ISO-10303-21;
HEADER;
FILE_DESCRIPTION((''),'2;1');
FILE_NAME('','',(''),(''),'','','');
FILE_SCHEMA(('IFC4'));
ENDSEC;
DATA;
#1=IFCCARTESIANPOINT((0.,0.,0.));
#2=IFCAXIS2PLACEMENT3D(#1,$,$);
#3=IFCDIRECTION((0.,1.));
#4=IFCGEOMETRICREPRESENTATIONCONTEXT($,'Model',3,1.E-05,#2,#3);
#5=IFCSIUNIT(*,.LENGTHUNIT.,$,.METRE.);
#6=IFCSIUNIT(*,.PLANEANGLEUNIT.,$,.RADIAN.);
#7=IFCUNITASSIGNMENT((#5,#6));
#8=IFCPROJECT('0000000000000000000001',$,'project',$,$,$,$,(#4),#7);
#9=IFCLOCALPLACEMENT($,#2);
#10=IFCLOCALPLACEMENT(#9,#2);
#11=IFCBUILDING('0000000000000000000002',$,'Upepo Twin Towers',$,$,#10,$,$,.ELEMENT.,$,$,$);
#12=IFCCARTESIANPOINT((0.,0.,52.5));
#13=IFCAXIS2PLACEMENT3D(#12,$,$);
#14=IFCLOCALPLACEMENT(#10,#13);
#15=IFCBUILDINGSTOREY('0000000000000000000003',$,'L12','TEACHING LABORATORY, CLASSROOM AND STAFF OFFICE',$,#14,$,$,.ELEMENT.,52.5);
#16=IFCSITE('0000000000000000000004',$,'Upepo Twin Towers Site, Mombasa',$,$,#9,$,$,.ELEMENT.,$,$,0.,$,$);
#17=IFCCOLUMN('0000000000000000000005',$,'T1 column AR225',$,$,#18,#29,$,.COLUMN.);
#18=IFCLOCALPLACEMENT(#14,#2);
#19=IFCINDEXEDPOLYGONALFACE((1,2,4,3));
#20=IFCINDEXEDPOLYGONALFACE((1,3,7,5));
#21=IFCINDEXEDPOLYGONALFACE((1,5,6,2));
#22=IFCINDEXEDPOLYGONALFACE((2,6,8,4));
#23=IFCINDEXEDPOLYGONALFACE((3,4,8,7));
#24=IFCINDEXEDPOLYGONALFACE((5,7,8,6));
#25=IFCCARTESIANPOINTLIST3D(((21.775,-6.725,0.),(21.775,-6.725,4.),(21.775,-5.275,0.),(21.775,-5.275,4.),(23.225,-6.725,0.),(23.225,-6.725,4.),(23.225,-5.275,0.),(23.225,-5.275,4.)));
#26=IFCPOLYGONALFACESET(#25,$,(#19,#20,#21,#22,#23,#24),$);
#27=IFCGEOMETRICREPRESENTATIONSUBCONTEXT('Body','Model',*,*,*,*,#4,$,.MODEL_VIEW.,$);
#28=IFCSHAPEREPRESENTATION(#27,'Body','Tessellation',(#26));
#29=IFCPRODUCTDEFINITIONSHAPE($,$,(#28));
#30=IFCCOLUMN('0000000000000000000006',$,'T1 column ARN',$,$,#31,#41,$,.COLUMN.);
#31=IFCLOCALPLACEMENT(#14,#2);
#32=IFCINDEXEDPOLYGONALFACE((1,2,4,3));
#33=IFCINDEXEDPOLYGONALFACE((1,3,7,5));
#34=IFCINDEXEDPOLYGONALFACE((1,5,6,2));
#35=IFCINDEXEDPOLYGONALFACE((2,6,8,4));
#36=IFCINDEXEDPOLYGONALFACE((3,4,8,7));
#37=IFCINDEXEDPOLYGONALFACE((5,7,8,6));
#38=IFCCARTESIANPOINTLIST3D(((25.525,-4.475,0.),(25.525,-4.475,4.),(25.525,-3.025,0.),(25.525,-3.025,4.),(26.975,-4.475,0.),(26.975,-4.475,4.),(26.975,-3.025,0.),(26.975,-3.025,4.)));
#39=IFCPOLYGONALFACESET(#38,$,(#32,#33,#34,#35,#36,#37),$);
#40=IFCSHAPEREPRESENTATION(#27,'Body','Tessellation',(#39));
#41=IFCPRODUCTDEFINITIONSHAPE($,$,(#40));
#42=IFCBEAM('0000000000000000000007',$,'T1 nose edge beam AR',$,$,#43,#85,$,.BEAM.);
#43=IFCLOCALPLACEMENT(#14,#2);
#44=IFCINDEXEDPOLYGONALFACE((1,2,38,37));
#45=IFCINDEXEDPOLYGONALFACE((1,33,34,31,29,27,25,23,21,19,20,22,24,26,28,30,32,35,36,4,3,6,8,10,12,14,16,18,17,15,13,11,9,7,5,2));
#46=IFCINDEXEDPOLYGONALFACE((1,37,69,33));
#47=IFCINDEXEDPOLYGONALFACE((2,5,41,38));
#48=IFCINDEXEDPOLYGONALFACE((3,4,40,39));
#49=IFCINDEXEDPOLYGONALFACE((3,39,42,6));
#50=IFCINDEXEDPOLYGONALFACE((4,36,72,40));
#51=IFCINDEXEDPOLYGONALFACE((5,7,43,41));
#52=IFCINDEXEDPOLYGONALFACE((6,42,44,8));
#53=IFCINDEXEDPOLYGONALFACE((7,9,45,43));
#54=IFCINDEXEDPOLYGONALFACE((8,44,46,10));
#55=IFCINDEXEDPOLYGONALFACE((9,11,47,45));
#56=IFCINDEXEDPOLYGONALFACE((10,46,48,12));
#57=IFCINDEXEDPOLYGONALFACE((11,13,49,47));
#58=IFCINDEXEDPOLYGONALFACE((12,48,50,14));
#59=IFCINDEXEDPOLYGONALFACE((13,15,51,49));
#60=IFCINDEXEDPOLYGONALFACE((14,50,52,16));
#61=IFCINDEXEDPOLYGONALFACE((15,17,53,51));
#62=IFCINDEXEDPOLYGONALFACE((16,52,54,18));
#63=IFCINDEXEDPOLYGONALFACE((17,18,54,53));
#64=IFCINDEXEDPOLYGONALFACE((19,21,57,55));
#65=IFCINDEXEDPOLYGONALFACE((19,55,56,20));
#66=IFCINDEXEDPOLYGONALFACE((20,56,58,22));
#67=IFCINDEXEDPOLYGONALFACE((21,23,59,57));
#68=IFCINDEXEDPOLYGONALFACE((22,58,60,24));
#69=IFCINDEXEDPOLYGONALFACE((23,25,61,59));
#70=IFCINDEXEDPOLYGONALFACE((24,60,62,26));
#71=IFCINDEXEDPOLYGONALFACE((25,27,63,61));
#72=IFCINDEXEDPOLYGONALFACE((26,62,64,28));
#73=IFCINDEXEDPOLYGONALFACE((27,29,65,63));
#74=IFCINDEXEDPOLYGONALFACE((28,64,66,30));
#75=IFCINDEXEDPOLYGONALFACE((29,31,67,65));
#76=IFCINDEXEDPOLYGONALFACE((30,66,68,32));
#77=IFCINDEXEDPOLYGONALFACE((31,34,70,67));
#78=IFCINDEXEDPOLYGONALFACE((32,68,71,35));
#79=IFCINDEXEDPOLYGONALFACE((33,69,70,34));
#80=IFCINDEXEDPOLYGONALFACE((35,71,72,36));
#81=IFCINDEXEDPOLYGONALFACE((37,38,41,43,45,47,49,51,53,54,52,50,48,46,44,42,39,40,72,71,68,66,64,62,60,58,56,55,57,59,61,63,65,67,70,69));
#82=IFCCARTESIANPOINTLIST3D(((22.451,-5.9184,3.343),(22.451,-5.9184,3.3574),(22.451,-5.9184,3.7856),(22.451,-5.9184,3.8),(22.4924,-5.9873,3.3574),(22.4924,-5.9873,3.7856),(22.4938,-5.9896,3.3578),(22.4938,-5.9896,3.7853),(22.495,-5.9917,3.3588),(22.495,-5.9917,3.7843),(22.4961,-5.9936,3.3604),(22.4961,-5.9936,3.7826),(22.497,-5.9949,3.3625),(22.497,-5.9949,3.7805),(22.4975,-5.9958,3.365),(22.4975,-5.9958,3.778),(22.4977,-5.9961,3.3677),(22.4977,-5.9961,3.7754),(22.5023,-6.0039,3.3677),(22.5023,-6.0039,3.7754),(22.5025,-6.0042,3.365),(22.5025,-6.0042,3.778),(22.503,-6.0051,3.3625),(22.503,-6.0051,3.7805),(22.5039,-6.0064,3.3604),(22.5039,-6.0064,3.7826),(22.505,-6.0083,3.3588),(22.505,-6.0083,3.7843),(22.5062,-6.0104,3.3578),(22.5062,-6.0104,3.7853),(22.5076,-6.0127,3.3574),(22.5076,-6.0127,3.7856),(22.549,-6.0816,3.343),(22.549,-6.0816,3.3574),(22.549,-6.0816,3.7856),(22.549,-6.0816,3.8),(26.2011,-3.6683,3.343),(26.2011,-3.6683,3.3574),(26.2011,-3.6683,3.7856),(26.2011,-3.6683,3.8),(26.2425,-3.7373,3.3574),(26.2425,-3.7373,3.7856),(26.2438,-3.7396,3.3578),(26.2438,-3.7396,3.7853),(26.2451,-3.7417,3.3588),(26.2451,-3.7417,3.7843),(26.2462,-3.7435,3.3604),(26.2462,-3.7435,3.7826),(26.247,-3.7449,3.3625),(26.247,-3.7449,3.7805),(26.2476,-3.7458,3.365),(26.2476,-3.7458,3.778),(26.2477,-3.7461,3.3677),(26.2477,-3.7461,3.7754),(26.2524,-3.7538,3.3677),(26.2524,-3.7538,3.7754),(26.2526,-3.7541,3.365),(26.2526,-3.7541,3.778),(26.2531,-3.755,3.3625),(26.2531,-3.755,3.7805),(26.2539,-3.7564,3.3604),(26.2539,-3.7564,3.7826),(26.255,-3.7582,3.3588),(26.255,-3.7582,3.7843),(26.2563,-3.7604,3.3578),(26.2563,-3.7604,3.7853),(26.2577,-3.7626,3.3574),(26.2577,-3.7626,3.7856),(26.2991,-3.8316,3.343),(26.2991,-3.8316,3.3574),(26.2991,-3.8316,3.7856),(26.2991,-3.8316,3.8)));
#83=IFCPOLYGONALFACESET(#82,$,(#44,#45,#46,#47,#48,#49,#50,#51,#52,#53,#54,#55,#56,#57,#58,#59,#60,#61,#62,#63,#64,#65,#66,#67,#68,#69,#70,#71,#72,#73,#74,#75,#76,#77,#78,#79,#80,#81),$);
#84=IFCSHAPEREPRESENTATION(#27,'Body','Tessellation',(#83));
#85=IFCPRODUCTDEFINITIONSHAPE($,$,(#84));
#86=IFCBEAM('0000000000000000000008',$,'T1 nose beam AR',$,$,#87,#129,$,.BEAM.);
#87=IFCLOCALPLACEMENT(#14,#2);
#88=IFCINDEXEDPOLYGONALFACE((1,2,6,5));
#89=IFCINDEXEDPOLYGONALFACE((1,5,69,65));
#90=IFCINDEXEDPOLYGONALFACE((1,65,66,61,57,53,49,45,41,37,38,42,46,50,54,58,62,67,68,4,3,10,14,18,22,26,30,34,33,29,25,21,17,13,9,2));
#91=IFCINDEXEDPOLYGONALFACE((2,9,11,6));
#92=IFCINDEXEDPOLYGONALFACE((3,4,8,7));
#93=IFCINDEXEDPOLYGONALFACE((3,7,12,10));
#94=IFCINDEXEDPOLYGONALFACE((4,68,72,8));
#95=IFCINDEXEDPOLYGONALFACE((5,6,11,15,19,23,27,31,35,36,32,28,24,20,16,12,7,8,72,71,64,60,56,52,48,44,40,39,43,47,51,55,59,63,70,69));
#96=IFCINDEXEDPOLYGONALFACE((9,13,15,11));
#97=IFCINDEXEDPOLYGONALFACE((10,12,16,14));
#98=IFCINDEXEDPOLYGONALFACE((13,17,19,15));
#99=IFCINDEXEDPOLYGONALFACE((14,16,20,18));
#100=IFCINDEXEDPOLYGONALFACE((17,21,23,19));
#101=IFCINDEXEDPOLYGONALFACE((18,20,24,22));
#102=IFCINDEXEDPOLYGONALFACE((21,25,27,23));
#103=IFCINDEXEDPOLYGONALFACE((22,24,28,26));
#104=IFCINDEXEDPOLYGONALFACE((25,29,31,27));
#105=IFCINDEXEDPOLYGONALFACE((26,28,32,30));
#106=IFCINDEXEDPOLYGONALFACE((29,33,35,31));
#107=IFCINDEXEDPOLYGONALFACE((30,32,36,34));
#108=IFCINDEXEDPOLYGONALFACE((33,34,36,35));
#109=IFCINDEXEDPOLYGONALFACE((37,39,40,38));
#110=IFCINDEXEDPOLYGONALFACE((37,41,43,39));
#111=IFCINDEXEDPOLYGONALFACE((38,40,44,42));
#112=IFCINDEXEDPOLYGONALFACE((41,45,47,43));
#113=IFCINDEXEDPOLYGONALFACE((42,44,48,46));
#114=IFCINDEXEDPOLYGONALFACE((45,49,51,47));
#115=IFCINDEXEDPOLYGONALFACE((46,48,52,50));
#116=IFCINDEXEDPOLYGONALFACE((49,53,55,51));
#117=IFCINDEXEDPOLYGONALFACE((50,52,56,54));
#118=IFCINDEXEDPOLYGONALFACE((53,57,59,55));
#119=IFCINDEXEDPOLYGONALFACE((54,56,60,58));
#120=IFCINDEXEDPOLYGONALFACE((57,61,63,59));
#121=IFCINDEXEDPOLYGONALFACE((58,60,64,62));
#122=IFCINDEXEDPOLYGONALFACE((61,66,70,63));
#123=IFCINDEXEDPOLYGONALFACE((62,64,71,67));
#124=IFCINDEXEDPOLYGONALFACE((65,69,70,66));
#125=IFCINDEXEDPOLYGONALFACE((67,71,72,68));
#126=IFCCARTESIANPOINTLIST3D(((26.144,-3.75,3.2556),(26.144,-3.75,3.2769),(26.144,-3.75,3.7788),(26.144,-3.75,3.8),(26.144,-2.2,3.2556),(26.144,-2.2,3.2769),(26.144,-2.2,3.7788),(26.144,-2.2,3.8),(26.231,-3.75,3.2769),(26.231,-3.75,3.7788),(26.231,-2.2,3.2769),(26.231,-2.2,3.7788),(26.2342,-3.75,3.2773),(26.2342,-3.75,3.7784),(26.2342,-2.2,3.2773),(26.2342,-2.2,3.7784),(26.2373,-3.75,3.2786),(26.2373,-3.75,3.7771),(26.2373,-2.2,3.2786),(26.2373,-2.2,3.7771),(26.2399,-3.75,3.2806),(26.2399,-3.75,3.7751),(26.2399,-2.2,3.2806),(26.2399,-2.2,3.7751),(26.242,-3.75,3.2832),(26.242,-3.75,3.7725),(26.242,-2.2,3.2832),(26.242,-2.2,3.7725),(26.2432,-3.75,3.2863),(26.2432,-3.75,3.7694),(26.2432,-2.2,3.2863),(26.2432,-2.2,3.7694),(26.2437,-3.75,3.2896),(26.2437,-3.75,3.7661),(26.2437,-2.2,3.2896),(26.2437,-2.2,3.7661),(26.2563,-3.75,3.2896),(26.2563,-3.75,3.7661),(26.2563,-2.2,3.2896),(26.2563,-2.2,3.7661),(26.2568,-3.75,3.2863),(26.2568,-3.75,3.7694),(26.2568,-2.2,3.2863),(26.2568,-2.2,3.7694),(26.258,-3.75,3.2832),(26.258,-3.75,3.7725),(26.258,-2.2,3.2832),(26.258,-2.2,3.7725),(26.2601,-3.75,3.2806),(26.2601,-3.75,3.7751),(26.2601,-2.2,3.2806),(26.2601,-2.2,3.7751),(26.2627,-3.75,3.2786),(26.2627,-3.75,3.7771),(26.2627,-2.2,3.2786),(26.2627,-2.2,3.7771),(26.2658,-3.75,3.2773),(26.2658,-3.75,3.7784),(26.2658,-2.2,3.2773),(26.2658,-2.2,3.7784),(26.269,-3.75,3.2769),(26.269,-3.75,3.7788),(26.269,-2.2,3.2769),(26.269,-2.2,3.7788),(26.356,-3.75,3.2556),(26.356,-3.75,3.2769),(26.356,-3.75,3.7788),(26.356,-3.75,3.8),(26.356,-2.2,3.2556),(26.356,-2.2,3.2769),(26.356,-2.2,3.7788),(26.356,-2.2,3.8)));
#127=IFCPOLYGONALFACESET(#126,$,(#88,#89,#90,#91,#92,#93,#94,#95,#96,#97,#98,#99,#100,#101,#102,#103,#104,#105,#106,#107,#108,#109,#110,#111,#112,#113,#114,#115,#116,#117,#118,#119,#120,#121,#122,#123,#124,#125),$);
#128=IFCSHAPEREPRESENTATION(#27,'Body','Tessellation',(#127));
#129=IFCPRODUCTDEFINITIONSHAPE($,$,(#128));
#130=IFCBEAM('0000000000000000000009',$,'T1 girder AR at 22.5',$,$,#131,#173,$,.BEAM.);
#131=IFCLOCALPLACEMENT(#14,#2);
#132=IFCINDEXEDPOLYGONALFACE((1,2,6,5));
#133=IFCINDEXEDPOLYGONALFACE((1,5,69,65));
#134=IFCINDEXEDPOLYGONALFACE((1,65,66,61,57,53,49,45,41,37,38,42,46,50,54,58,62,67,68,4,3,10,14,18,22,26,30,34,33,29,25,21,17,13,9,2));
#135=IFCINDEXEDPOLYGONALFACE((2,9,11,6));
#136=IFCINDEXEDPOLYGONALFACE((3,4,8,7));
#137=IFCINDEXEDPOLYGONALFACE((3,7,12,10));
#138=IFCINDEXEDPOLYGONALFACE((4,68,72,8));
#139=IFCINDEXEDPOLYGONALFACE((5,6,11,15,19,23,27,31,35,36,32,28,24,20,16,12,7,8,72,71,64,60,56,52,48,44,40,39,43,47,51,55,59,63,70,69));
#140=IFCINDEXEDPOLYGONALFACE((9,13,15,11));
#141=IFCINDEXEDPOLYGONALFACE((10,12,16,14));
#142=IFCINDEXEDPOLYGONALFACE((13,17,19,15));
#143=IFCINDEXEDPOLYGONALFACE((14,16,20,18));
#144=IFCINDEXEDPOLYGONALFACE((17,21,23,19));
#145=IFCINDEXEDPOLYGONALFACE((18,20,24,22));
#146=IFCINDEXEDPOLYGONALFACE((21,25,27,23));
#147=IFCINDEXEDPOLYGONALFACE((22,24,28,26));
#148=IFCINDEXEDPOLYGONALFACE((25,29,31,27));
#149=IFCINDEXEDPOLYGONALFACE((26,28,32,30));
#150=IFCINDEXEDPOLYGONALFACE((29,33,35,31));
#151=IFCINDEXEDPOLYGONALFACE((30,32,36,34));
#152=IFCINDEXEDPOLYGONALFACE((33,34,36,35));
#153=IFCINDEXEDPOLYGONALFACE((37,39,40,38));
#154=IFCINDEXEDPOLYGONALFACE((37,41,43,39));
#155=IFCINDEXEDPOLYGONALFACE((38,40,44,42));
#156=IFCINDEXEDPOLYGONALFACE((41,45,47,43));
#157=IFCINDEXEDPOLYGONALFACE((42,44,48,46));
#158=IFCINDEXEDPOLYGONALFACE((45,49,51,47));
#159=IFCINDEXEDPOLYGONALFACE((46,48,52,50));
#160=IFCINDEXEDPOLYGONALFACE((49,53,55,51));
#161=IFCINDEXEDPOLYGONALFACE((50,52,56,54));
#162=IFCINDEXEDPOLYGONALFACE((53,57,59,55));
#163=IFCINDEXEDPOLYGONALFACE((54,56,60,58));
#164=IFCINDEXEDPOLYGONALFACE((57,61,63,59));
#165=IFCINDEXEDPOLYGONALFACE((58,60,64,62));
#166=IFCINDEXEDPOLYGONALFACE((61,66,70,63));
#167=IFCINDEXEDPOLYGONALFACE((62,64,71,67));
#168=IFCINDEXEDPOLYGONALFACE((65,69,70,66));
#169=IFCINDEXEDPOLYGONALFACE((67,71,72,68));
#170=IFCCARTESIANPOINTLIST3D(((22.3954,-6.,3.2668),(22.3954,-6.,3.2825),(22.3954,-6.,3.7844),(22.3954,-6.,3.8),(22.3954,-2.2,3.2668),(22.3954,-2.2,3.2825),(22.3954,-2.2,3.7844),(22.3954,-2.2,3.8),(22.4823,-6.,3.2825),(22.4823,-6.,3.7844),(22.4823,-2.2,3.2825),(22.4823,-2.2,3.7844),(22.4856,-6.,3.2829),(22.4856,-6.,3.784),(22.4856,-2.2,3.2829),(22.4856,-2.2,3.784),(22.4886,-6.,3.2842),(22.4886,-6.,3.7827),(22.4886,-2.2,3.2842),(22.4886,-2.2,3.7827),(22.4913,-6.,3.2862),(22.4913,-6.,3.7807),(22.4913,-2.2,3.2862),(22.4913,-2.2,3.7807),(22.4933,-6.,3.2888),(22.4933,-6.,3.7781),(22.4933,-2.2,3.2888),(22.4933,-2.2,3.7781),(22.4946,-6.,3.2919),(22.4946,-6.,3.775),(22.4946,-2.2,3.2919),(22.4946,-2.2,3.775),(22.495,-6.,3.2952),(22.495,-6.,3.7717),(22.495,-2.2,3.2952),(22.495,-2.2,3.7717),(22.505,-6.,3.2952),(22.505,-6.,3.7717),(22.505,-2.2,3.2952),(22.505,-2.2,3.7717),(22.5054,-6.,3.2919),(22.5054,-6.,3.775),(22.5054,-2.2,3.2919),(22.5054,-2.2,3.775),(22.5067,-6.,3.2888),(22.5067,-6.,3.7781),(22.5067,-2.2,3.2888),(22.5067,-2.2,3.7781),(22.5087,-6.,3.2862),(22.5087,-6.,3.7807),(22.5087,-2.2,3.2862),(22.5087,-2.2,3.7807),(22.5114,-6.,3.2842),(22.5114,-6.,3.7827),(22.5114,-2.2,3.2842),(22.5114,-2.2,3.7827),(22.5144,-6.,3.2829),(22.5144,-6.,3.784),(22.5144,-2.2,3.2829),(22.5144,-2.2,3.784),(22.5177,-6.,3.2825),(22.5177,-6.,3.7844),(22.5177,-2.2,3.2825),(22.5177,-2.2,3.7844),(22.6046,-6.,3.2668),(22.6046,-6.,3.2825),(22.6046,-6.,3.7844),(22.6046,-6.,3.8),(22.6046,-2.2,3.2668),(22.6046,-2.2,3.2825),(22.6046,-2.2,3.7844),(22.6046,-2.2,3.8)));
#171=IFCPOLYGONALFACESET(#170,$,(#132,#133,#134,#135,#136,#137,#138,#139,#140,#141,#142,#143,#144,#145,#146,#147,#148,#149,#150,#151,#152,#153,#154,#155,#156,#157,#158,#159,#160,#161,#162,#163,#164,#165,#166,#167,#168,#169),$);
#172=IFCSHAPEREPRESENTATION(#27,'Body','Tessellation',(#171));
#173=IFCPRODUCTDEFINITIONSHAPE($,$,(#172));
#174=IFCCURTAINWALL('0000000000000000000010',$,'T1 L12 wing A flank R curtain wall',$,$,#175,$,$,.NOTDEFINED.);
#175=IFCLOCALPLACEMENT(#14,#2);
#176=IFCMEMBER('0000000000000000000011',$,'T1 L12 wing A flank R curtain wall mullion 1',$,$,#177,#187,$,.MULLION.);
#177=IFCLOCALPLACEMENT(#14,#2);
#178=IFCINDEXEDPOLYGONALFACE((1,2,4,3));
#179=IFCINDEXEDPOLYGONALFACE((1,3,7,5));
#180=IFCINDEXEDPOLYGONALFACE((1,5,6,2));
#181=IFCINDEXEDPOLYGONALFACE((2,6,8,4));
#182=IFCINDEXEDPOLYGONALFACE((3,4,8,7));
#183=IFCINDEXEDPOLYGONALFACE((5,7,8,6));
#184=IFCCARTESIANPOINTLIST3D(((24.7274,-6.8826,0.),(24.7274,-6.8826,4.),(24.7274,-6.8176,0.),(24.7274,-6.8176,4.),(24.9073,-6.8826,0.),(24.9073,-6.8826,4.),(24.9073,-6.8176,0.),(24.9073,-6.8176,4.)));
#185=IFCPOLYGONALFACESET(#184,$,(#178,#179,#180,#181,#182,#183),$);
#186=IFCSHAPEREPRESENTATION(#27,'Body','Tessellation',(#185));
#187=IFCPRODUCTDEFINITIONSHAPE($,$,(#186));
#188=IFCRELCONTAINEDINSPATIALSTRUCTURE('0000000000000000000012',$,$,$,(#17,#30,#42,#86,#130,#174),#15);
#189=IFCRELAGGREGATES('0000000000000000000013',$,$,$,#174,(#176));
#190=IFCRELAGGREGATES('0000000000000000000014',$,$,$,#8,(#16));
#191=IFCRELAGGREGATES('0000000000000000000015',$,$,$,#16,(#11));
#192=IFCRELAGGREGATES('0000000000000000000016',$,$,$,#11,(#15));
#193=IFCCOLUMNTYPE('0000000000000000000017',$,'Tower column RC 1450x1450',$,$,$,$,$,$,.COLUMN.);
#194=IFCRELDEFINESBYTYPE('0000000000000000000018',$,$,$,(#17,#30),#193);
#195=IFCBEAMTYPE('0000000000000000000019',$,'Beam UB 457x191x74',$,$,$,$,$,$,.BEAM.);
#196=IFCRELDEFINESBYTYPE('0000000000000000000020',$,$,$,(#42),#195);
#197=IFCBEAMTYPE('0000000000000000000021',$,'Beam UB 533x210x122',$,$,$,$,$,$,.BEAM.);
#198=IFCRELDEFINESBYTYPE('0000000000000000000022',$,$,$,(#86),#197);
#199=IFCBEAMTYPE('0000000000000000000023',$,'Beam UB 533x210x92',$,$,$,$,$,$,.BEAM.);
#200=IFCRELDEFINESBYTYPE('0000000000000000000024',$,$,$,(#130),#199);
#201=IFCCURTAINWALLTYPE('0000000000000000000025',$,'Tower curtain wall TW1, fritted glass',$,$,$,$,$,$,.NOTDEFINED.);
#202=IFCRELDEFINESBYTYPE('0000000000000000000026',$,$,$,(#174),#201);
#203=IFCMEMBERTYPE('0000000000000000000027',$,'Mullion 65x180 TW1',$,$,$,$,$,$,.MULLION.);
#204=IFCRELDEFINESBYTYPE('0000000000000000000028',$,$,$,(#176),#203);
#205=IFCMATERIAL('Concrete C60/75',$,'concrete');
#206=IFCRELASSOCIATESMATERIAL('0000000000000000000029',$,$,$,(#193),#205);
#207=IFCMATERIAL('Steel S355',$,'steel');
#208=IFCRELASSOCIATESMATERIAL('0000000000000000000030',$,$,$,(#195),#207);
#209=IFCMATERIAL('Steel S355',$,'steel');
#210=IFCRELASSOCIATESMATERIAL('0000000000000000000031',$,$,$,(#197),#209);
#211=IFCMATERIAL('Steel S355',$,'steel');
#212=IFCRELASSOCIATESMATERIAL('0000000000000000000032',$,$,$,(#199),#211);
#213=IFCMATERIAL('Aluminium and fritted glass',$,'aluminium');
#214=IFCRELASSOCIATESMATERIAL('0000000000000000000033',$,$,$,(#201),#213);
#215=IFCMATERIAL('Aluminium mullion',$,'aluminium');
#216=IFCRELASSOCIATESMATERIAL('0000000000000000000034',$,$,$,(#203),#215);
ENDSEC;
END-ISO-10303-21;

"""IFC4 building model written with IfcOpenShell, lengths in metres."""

from ifc_helpers import new_model, si_unit, direction, frame, origin, origin_2d, place, context, subcontext, project, spatial, rectangle, i_section, extrude, material, material_profile, profile_set, type_object, element, aggregate, save


model = new_model("IFC4")

# Units and contexts
model_context = context("Model", 3, precision=1e-05, world=origin(), true_north=direction((0.0, 1.0)))
body_context = subcontext(model_context, "Body", "Model", "MODEL_VIEW")
ifc_project = project(units=[si_unit("LENGTHUNIT", "METRE"), si_unit("PLANEANGLEUNIT", "RADIAN")], contexts=[model_context])

# Site, building, storey
site_placement = place(None, origin())
site = spatial("IfcSite", under=ifc_project, at=site_placement, Name="Upepo Twin Towers Site, Mombasa", CompositionType="ELEMENT", RefElevation=0.0)
building_placement = place(site_placement, origin())
building = spatial("IfcBuilding", under=site, at=building_placement, Name="Upepo Twin Towers", CompositionType="ELEMENT")
storey_placement = place(building_placement, frame((0.0, 0.0, 52.5)))
storey = spatial("IfcBuildingStorey", under=building, at=storey_placement, Name="L12", Description="TEACHING LABORATORY, CLASSROOM AND STAFF OFFICE", CompositionType="ELEMENT", Elevation=52.5)

# Columns
ifc_material_1 = material(Name="Concrete C60/75", Category="concrete")
ifc_material_profile_1 = material_profile(ifc_material_1, rectangle(XDim=1.45, YDim=1.45, at=origin_2d()), Name="RC 1450x1450")
ifc_profile_set_1 = profile_set([ifc_material_profile_1], Name="Concrete C60/75")
column_type = type_object("IfcColumnType", Name="Tower column RC 1450x1450", PredefinedType="COLUMN", material=ifc_profile_set_1)
for number, where, z_axis, x_axis, name in (
    (1, (22.5, -6.0, 0.0), (0.0, 0.0, 1.0), (1.0, 0.0, 0.0), "T1 column AR225"),
    (2, (26.25, -3.75, 0.0), (0.0, 0.0, 1.0), (1.0, 0.0, 0.0), "T1 column ARN"),
):
    element("IfcColumn", number, at=place(storey_placement, frame(where, z_axis=z_axis, x_axis=x_axis)), inside=storey, type_object=column_type, Name=name, PredefinedType="COLUMN", context=body_context, shape_type="SweptSolid", body=[
        extrude(rectangle(XDim=1.45, YDim=1.45, at=origin_2d()), origin(), (0.0, 0.0, 1.0), 4.0),
    ])

# Beams
ifc_material_2 = material(Name="Steel S355", Category="steel")
ifc_material_profile_2 = material_profile(ifc_material_2, i_section(OverallWidth=0.1904, OverallDepth=0.457, WebThickness=0.009, FlangeThickness=0.0144, FilletRadius=0.0103, at=origin_2d()), Name="UB 457x191x74")
ifc_profile_set_2 = profile_set([ifc_material_profile_2], Name="Steel S355")
beam_type_1 = type_object("IfcBeamType", Name="Beam UB 457x191x74", PredefinedType="BEAM", material=ifc_profile_set_2)
beam_1_placement = place(storey_placement, frame((22.5, -6.0, 3.5715), z_axis=(0.857493, 0.514496, 0.0), x_axis=(-0.514496, 0.857493, 0.0)))
element("IfcBeam", 3, at=beam_1_placement, inside=storey, type_object=beam_type_1, Name="T1 nose edge beam AR", PredefinedType="BEAM", context=body_context, shape_type="SweptSolid", body=[
    extrude(i_section(OverallWidth=0.1904, OverallDepth=0.457, WebThickness=0.009, FlangeThickness=0.0144, FilletRadius=0.0103, at=origin_2d()), origin(), (0.0, 0.0, 1.0), 4.3733),
])
ifc_material_3 = material(Name="Steel S355", Category="steel")
ifc_material_profile_3 = material_profile(ifc_material_3, i_section(OverallWidth=0.2119, OverallDepth=0.5444, WebThickness=0.0127, FlangeThickness=0.0212, FilletRadius=0.0127, at=origin_2d()), Name="UB 533x210x122")
ifc_profile_set_3 = profile_set([ifc_material_profile_3], Name="Steel S355")
beam_type_2 = type_object("IfcBeamType", Name="Beam UB 533x210x122", PredefinedType="BEAM", material=ifc_profile_set_3)
beam_2_placement = place(storey_placement, frame((26.25, -3.75, 3.5278), z_axis=(0.0, 1.0, 0.0), x_axis=(-1.0, 0.0, 0.0)))
element("IfcBeam", 4, at=beam_2_placement, inside=storey, type_object=beam_type_2, Name="T1 nose beam AR", PredefinedType="BEAM", context=body_context, shape_type="SweptSolid", body=[
    extrude(i_section(OverallWidth=0.2119, OverallDepth=0.5444, WebThickness=0.0127, FlangeThickness=0.0212, FilletRadius=0.0127, at=origin_2d()), origin(), (0.0, 0.0, 1.0), 1.55),
])
ifc_material_4 = material(Name="Steel S355", Category="steel")
ifc_material_profile_4 = material_profile(ifc_material_4, i_section(OverallWidth=0.2092, OverallDepth=0.5332, WebThickness=0.01, FlangeThickness=0.0156, FilletRadius=0.0127, at=origin_2d()), Name="UB 533x210x92")
ifc_profile_set_4 = profile_set([ifc_material_profile_4], Name="Steel S355")
beam_type_3 = type_object("IfcBeamType", Name="Beam UB 533x210x92", PredefinedType="BEAM", material=ifc_profile_set_4)
beam_3_placement = place(storey_placement, frame((22.5, -6.0, 3.5334), z_axis=(0.0, 1.0, 0.0), x_axis=(-1.0, 0.0, 0.0)))
element("IfcBeam", 5, at=beam_3_placement, inside=storey, type_object=beam_type_3, Name="T1 girder AR at 22.5", PredefinedType="BEAM", context=body_context, shape_type="SweptSolid", body=[
    extrude(i_section(OverallWidth=0.2092, OverallDepth=0.5332, WebThickness=0.01, FlangeThickness=0.0156, FilletRadius=0.0127, at=origin_2d()), origin(), (0.0, 0.0, 1.0), 3.8),
])

# Curtain wall, member
ifc_material_5 = material(Name="Aluminium and fritted glass", Category="aluminium")
curtain_wall_type = type_object("IfcCurtainWallType", Name="Tower curtain wall TW1, fritted glass", PredefinedType="NOTDEFINED", material=ifc_material_5)
curtain_wall_1_placement = place(storey_placement, origin())
curtain_wall_1 = element("IfcCurtainWall", 6, at=curtain_wall_1_placement, inside=storey, type_object=curtain_wall_type, Name="T1 L12 wing A flank R curtain wall", PredefinedType="NOTDEFINED")
ifc_material_6 = material(Name="Aluminium mullion", Category="aluminium")
ifc_material_profile_5 = material_profile(ifc_material_6, rectangle(XDim=0.0649, YDim=0.1799, at=origin_2d()), Name="MULLION 65x180")
ifc_profile_set_5 = profile_set([ifc_material_profile_5], Name="Aluminium mullion")
member_type_1 = type_object("IfcMemberType", Name="Mullion 65x180 TW1", PredefinedType="MULLION", material=ifc_profile_set_5)
member_1_placement = place(storey_placement, frame((24.8174, -6.8501, 0.0), z_axis=(0.0, 0.0, 1.0), x_axis=(0.0, -1.0, 0.0)))
member_1 = element("IfcMember", 7, at=member_1_placement, type_object=member_type_1, Name="T1 L12 wing A flank R curtain wall mullion 1", PredefinedType="MULLION", context=body_context, shape_type="SweptSolid", body=[
    extrude(rectangle(XDim=0.0649, YDim=0.1799, at=origin_2d()), origin(), (0.0, 0.0, 1.0), 4.0),
])

aggregate(curtain_wall_1, [member_1])

save(model, "model.ifc")
